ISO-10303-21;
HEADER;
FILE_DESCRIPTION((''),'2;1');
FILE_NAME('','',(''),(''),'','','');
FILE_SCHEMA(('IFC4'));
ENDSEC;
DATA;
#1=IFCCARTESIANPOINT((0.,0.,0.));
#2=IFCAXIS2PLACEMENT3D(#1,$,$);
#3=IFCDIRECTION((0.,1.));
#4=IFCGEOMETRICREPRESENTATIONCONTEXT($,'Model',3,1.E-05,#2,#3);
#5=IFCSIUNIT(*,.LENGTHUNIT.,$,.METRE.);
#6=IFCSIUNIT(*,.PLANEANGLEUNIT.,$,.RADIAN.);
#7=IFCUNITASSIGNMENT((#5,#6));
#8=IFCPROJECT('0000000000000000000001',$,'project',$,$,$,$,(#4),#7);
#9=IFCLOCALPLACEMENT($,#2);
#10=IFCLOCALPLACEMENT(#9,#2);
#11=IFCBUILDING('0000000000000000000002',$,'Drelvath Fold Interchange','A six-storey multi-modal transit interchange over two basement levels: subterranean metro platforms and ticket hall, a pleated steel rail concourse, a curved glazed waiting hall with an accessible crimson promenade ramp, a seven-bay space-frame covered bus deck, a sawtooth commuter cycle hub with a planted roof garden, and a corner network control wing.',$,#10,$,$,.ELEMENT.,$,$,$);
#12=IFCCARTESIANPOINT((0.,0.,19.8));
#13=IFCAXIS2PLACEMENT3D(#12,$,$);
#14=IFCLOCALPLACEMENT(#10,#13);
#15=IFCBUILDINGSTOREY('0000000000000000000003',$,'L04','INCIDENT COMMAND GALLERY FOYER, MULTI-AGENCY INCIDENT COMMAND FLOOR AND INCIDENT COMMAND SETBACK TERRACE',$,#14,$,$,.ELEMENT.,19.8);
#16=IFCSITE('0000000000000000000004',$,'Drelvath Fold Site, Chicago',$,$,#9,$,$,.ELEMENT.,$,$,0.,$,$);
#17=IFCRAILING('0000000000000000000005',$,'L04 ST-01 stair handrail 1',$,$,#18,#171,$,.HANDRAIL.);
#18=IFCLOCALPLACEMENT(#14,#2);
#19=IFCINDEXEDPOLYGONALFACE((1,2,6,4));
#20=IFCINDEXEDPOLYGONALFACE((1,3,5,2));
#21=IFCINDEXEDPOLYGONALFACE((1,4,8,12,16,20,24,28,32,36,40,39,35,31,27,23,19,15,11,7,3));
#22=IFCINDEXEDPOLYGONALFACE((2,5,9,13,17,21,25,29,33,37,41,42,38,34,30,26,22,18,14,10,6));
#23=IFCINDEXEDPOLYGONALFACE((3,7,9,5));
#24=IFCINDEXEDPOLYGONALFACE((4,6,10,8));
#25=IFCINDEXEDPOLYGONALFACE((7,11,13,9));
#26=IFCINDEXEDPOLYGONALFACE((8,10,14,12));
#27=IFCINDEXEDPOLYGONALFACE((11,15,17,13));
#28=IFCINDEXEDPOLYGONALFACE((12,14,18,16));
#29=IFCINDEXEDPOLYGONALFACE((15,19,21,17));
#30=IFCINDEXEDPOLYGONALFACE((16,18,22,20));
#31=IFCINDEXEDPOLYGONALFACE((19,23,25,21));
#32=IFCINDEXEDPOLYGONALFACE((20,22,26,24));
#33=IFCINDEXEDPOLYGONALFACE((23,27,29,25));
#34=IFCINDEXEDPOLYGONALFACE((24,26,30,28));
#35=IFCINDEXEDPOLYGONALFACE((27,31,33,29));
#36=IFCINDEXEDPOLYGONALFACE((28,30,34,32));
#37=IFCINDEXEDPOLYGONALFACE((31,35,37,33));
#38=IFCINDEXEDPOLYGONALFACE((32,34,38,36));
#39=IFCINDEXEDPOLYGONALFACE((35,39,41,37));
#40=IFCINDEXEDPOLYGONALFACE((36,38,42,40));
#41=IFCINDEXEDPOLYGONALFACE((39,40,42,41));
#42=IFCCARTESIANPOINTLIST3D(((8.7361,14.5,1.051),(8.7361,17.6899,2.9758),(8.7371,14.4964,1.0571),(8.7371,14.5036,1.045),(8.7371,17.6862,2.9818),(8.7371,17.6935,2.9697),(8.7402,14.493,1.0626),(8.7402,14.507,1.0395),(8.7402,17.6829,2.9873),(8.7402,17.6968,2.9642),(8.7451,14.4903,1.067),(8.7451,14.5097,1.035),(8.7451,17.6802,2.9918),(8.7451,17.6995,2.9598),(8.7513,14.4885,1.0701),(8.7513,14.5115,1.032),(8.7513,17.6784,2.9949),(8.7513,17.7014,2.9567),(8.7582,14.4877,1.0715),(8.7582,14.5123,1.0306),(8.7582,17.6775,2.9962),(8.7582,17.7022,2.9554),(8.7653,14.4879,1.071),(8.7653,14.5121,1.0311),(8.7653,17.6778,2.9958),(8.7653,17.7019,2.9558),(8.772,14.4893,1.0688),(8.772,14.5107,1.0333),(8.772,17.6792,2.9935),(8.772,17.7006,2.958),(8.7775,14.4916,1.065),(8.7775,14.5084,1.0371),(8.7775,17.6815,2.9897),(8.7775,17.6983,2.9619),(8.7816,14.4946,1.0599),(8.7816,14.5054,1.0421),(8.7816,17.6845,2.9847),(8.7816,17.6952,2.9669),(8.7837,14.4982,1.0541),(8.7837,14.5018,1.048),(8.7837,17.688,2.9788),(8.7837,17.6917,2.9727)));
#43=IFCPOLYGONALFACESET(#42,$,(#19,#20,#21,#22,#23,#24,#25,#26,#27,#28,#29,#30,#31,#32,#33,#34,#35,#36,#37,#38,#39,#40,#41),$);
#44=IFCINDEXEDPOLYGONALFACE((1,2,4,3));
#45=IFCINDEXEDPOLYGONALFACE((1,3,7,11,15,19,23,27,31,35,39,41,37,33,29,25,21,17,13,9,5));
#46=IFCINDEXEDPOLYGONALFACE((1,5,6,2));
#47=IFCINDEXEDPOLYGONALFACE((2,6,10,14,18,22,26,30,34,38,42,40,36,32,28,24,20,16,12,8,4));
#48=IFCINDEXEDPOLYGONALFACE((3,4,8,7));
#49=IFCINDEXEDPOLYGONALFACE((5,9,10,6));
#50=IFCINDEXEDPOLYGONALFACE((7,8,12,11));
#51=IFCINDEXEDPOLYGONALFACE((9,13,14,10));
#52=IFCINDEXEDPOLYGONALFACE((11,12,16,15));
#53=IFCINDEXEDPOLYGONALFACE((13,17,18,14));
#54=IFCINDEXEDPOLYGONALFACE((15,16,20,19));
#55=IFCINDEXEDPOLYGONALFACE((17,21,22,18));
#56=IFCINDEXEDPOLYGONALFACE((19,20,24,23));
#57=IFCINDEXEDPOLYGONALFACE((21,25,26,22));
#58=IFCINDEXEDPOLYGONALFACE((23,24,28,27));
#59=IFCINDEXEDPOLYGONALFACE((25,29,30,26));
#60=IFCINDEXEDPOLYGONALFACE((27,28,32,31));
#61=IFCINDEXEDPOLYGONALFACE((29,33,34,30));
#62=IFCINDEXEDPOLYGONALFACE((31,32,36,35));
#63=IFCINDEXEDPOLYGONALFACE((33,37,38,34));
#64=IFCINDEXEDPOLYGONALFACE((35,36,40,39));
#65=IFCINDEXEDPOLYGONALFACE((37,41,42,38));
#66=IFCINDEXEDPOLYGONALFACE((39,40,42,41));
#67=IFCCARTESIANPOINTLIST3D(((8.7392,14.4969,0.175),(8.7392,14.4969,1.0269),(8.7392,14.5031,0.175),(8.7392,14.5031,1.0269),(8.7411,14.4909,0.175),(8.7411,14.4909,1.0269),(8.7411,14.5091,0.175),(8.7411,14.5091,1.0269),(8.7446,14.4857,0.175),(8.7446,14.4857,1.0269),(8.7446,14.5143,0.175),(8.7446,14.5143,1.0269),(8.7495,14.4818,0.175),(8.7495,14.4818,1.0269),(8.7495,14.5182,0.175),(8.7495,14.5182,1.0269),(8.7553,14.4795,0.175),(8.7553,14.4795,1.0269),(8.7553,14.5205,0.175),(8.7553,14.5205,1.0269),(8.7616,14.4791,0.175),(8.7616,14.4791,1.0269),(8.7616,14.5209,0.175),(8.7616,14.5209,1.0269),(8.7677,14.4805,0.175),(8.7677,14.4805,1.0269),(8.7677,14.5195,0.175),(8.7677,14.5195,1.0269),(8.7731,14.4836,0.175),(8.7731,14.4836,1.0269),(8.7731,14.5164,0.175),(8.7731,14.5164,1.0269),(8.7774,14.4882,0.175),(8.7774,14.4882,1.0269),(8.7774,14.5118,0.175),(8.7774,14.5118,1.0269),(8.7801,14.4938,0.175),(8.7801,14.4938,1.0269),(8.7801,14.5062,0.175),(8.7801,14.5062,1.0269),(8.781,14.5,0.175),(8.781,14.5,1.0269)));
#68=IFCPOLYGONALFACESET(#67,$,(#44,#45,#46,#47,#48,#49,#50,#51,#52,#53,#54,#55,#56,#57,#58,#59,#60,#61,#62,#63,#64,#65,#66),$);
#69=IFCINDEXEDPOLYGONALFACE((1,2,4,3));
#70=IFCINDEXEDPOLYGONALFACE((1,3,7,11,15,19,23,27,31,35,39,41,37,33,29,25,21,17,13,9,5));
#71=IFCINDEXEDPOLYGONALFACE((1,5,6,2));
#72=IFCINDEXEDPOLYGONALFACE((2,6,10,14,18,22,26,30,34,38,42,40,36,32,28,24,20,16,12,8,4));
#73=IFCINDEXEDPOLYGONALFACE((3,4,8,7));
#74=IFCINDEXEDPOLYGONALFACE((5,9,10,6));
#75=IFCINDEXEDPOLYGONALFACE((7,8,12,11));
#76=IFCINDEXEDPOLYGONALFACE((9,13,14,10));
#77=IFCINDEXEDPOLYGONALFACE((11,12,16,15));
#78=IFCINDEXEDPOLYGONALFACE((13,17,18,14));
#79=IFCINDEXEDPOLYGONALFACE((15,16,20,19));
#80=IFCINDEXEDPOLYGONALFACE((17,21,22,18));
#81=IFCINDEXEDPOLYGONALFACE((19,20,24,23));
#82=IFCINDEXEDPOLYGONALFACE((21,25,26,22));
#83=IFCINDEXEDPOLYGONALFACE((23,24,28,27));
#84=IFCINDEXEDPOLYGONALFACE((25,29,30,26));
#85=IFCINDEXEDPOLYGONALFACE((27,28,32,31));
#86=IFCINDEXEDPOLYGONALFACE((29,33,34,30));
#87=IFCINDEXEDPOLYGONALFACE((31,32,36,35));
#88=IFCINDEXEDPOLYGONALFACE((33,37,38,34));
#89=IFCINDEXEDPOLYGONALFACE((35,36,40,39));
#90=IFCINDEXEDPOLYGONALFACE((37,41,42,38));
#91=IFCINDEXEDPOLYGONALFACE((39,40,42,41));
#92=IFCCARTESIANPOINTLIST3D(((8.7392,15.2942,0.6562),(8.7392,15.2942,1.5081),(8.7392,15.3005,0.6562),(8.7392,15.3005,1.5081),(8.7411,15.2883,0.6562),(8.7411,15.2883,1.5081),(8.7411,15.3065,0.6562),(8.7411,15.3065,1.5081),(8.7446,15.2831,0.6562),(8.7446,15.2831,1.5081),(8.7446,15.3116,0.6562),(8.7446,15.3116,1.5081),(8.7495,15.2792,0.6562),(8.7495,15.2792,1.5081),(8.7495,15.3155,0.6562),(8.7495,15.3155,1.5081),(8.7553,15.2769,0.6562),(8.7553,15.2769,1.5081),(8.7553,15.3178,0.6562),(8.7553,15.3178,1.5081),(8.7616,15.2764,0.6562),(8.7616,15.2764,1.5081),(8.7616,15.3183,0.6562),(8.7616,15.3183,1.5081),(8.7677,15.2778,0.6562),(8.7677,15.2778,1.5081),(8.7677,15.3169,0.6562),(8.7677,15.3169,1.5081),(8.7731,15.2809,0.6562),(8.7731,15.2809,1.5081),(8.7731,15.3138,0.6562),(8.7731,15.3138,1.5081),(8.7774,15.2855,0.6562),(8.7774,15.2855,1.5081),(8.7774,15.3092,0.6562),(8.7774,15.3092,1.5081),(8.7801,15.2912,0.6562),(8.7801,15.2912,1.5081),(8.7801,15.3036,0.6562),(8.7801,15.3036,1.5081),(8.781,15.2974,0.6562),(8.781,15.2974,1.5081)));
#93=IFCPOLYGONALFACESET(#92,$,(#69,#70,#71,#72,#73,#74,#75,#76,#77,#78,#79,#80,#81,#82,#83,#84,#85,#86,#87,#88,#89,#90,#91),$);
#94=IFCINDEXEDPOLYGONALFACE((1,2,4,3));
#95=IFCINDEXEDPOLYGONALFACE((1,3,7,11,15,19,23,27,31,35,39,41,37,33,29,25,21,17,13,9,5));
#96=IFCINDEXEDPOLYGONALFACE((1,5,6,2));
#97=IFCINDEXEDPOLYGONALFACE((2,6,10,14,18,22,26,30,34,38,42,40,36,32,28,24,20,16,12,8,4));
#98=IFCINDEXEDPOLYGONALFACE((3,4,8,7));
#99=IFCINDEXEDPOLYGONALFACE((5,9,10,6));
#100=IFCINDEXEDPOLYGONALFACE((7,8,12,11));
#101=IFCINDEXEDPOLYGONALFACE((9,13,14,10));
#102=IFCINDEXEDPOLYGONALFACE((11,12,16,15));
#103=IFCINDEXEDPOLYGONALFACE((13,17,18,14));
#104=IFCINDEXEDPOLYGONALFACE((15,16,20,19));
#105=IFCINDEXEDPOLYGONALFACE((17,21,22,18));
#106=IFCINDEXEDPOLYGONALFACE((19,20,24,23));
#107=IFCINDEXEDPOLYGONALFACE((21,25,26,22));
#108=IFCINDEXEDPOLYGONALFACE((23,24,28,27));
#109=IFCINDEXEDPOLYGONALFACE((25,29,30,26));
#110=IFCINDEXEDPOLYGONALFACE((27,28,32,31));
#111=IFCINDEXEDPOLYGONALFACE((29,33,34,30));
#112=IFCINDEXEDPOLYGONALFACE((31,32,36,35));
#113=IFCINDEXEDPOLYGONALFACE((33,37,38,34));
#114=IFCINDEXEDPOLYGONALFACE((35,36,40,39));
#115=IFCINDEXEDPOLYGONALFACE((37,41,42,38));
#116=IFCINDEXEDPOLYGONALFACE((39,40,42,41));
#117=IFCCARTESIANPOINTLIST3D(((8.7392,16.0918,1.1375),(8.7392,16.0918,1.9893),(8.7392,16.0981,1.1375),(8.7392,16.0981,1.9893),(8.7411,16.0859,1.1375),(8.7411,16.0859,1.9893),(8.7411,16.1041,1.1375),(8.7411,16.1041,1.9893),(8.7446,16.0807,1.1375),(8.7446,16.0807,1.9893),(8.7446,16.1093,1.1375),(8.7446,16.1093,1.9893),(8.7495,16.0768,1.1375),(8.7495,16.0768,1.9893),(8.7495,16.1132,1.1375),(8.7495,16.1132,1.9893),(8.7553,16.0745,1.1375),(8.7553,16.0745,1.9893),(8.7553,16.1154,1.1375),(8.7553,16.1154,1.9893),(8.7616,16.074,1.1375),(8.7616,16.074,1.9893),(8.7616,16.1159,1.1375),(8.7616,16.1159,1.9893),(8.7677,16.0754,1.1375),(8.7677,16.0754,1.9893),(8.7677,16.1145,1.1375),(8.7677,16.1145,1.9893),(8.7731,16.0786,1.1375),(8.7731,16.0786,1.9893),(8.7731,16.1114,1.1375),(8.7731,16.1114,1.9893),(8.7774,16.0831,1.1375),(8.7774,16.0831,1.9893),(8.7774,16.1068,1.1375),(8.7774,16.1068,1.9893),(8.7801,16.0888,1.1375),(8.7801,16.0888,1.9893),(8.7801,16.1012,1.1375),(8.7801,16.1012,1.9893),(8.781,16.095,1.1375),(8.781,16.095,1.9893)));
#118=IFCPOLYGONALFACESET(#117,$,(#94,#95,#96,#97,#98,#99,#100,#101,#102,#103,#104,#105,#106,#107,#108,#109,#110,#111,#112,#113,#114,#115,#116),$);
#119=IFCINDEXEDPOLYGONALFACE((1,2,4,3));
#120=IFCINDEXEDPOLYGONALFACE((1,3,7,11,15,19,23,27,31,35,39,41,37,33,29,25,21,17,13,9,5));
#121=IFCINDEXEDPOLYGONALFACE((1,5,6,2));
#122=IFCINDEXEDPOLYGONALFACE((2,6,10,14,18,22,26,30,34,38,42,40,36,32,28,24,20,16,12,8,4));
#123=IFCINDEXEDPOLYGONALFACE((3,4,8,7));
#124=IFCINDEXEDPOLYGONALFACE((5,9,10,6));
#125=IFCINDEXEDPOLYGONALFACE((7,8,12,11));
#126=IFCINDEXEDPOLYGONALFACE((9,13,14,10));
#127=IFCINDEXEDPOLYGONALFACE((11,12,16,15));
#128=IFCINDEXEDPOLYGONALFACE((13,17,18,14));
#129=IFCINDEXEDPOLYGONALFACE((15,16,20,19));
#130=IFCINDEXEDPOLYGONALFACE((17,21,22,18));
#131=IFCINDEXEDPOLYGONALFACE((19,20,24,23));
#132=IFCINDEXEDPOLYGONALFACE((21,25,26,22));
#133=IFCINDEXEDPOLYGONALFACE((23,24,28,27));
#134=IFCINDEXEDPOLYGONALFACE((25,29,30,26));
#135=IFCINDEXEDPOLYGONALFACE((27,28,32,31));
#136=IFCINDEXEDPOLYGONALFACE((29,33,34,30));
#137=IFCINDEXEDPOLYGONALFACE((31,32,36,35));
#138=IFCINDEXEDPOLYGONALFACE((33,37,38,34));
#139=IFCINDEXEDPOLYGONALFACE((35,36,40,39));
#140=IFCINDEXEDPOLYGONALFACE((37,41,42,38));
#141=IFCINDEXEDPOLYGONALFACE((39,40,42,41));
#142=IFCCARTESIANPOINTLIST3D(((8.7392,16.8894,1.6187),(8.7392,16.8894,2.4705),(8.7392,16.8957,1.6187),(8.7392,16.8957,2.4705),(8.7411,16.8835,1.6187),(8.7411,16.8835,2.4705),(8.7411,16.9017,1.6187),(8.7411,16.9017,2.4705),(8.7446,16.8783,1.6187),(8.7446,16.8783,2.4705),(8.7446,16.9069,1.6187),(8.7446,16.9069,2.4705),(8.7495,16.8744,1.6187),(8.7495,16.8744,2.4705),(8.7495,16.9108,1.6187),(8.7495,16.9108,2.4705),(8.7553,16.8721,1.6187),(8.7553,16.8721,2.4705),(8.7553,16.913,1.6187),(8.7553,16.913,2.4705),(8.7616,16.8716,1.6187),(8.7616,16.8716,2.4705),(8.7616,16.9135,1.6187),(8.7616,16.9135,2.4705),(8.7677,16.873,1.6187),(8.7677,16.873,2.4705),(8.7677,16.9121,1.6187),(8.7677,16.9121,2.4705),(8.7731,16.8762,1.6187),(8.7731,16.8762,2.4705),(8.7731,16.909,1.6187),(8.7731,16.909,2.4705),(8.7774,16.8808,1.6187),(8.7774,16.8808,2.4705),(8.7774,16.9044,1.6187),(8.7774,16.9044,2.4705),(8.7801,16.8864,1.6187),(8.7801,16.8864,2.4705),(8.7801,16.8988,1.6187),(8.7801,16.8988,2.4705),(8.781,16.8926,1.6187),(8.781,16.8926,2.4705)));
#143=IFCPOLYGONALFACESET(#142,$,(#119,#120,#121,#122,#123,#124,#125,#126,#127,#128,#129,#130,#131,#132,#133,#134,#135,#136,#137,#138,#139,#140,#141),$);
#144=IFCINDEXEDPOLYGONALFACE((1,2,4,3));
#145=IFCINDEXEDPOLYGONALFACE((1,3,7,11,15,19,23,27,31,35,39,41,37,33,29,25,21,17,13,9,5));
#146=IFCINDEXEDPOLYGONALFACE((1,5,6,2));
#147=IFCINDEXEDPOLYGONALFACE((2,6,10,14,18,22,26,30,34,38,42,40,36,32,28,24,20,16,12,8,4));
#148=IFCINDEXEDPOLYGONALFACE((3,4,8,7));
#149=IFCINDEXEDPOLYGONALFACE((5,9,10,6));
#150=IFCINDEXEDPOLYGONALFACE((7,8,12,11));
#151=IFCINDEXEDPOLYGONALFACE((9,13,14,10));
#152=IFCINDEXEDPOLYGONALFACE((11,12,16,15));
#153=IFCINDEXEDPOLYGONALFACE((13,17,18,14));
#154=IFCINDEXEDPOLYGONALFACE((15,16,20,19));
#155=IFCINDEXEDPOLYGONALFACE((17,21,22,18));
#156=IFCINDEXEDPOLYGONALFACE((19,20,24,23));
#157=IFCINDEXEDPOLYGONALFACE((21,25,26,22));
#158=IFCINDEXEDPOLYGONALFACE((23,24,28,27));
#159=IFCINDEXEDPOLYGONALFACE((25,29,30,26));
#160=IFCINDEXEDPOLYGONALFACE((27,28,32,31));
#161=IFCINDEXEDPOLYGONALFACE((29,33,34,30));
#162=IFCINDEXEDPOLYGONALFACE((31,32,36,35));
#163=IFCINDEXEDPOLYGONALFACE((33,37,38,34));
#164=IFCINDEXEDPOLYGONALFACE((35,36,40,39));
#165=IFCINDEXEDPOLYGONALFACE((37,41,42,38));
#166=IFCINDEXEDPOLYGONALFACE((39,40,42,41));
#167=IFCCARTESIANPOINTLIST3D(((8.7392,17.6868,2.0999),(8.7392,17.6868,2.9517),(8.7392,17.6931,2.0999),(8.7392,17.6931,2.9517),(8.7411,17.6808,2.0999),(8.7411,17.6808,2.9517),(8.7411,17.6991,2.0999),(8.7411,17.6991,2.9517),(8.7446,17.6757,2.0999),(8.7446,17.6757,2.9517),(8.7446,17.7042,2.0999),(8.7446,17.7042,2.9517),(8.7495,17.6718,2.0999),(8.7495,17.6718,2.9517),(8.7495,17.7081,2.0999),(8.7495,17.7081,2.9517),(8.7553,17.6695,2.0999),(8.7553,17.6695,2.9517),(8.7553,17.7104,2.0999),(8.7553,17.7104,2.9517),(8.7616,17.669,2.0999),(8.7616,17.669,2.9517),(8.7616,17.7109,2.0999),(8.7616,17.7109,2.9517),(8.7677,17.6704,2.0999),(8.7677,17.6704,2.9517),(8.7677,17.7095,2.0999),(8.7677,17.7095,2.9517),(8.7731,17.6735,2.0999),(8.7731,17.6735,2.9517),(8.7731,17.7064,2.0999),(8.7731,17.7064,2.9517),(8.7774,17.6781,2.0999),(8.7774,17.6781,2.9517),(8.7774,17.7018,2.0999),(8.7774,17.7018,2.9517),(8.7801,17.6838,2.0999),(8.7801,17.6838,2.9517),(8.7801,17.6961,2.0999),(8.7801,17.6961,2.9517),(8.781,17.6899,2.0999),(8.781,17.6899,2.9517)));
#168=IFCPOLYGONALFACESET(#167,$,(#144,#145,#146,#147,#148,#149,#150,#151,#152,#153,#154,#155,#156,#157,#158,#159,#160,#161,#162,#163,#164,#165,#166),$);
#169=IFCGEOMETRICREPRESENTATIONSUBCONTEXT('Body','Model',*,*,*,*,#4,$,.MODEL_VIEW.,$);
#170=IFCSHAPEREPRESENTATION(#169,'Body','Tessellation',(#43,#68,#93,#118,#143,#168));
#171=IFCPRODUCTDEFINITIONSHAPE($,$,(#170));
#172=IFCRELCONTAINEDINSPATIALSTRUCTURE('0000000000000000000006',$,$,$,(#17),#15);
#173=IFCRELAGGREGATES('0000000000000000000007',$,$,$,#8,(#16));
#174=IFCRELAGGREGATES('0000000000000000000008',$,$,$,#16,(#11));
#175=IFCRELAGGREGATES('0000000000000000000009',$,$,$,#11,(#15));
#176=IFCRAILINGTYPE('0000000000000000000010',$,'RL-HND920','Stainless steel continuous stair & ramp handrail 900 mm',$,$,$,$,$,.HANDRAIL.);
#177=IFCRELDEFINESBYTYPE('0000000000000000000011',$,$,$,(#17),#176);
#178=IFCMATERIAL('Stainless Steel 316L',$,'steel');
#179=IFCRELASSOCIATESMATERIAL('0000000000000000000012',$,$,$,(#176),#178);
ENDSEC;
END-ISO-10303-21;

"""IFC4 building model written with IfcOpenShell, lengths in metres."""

from ifc_helpers import new_model, si_unit, direction, frame, origin, origin_2d, place, context, subcontext, project, spatial, circle, extrude, material, type_object, element, save


model = new_model("IFC4")

# Units and contexts
model_context = context("Model", 3, precision=1e-05, world=origin(), true_north=direction((0.0, 1.0)))
body_context = subcontext(model_context, "Body", "Model", "MODEL_VIEW")
ifc_project = project(units=[si_unit("LENGTHUNIT", "METRE"), si_unit("PLANEANGLEUNIT", "RADIAN")], contexts=[model_context])

# Site, building, storey
site_placement = place(None, origin())
site = spatial("IfcSite", under=ifc_project, at=site_placement, Name="Drelvath Fold Site, Chicago", CompositionType="ELEMENT", RefElevation=0.0)
building_placement = place(site_placement, origin())
building = spatial("IfcBuilding", under=site, at=building_placement, Name="Drelvath Fold Interchange", Description="A six-storey multi-modal transit interchange over two basement levels: subterranean metro platforms and ticket hall, a pleated steel rail concourse, a curved glazed waiting hall with an accessible crimson promenade ramp, a seven-bay space-frame covered bus deck, a sawtooth commuter cycle hub with a planted roof garden, and a corner network control wing.", CompositionType="ELEMENT")
storey_placement = place(building_placement, frame((0.0, 0.0, 19.8)))
storey = spatial("IfcBuildingStorey", under=building, at=storey_placement, Name="L04", Description="INCIDENT COMMAND GALLERY FOYER, MULTI-AGENCY INCIDENT COMMAND FLOOR AND INCIDENT COMMAND SETBACK TERRACE", CompositionType="ELEMENT", Elevation=19.8)

# Railing
ifc_material_1 = material(Name="Stainless Steel 316L", Category="steel")
railing_type_1 = type_object("IfcRailingType", Name="RL-HND920", Description="Stainless steel continuous stair & ramp handrail 900 mm", PredefinedType="HANDRAIL", material=ifc_material_1)
railing_1_placement = place(storey_placement, frame((8.76, 14.5, 0.175)))
element("IfcRailing", 1, at=railing_1_placement, inside=storey, type_object=railing_type_1, Name="L04 ST-01 stair handrail 1", PredefinedType="HANDRAIL", context=body_context, shape_type="SweptSolid", body=[
    extrude(circle(Radius=0.0239, at=origin_2d()), frame((0.0, 0.0, 0.876), z_axis=(0.0, 0.856207, 0.516633), x_axis=(-1.0, 0.0, 0.0)), (0.0, 0.0, 1.0), 3.7256),
    extrude(circle(Radius=0.021, at=origin_2d()), origin(), (0.0, 0.0, 1.0), 0.8518),
    extrude(circle(Radius=0.021, at=origin_2d()), frame((0.0, 0.7974, 0.4812)), (0.0, 0.0, 1.0), 0.8518),
    extrude(circle(Radius=0.021, at=origin_2d()), frame((0.0, 1.595, 0.9624)), (0.0, 0.0, 1.0), 0.8518),
    extrude(circle(Radius=0.021, at=origin_2d()), frame((0.0, 2.3926, 1.4436)), (0.0, 0.0, 1.0), 0.8518),
    extrude(circle(Radius=0.021, at=origin_2d()), frame((0.0, 3.1899, 1.9248)), (0.0, 0.0, 1.0), 0.8518),
])

save(model, "model.ifc")
